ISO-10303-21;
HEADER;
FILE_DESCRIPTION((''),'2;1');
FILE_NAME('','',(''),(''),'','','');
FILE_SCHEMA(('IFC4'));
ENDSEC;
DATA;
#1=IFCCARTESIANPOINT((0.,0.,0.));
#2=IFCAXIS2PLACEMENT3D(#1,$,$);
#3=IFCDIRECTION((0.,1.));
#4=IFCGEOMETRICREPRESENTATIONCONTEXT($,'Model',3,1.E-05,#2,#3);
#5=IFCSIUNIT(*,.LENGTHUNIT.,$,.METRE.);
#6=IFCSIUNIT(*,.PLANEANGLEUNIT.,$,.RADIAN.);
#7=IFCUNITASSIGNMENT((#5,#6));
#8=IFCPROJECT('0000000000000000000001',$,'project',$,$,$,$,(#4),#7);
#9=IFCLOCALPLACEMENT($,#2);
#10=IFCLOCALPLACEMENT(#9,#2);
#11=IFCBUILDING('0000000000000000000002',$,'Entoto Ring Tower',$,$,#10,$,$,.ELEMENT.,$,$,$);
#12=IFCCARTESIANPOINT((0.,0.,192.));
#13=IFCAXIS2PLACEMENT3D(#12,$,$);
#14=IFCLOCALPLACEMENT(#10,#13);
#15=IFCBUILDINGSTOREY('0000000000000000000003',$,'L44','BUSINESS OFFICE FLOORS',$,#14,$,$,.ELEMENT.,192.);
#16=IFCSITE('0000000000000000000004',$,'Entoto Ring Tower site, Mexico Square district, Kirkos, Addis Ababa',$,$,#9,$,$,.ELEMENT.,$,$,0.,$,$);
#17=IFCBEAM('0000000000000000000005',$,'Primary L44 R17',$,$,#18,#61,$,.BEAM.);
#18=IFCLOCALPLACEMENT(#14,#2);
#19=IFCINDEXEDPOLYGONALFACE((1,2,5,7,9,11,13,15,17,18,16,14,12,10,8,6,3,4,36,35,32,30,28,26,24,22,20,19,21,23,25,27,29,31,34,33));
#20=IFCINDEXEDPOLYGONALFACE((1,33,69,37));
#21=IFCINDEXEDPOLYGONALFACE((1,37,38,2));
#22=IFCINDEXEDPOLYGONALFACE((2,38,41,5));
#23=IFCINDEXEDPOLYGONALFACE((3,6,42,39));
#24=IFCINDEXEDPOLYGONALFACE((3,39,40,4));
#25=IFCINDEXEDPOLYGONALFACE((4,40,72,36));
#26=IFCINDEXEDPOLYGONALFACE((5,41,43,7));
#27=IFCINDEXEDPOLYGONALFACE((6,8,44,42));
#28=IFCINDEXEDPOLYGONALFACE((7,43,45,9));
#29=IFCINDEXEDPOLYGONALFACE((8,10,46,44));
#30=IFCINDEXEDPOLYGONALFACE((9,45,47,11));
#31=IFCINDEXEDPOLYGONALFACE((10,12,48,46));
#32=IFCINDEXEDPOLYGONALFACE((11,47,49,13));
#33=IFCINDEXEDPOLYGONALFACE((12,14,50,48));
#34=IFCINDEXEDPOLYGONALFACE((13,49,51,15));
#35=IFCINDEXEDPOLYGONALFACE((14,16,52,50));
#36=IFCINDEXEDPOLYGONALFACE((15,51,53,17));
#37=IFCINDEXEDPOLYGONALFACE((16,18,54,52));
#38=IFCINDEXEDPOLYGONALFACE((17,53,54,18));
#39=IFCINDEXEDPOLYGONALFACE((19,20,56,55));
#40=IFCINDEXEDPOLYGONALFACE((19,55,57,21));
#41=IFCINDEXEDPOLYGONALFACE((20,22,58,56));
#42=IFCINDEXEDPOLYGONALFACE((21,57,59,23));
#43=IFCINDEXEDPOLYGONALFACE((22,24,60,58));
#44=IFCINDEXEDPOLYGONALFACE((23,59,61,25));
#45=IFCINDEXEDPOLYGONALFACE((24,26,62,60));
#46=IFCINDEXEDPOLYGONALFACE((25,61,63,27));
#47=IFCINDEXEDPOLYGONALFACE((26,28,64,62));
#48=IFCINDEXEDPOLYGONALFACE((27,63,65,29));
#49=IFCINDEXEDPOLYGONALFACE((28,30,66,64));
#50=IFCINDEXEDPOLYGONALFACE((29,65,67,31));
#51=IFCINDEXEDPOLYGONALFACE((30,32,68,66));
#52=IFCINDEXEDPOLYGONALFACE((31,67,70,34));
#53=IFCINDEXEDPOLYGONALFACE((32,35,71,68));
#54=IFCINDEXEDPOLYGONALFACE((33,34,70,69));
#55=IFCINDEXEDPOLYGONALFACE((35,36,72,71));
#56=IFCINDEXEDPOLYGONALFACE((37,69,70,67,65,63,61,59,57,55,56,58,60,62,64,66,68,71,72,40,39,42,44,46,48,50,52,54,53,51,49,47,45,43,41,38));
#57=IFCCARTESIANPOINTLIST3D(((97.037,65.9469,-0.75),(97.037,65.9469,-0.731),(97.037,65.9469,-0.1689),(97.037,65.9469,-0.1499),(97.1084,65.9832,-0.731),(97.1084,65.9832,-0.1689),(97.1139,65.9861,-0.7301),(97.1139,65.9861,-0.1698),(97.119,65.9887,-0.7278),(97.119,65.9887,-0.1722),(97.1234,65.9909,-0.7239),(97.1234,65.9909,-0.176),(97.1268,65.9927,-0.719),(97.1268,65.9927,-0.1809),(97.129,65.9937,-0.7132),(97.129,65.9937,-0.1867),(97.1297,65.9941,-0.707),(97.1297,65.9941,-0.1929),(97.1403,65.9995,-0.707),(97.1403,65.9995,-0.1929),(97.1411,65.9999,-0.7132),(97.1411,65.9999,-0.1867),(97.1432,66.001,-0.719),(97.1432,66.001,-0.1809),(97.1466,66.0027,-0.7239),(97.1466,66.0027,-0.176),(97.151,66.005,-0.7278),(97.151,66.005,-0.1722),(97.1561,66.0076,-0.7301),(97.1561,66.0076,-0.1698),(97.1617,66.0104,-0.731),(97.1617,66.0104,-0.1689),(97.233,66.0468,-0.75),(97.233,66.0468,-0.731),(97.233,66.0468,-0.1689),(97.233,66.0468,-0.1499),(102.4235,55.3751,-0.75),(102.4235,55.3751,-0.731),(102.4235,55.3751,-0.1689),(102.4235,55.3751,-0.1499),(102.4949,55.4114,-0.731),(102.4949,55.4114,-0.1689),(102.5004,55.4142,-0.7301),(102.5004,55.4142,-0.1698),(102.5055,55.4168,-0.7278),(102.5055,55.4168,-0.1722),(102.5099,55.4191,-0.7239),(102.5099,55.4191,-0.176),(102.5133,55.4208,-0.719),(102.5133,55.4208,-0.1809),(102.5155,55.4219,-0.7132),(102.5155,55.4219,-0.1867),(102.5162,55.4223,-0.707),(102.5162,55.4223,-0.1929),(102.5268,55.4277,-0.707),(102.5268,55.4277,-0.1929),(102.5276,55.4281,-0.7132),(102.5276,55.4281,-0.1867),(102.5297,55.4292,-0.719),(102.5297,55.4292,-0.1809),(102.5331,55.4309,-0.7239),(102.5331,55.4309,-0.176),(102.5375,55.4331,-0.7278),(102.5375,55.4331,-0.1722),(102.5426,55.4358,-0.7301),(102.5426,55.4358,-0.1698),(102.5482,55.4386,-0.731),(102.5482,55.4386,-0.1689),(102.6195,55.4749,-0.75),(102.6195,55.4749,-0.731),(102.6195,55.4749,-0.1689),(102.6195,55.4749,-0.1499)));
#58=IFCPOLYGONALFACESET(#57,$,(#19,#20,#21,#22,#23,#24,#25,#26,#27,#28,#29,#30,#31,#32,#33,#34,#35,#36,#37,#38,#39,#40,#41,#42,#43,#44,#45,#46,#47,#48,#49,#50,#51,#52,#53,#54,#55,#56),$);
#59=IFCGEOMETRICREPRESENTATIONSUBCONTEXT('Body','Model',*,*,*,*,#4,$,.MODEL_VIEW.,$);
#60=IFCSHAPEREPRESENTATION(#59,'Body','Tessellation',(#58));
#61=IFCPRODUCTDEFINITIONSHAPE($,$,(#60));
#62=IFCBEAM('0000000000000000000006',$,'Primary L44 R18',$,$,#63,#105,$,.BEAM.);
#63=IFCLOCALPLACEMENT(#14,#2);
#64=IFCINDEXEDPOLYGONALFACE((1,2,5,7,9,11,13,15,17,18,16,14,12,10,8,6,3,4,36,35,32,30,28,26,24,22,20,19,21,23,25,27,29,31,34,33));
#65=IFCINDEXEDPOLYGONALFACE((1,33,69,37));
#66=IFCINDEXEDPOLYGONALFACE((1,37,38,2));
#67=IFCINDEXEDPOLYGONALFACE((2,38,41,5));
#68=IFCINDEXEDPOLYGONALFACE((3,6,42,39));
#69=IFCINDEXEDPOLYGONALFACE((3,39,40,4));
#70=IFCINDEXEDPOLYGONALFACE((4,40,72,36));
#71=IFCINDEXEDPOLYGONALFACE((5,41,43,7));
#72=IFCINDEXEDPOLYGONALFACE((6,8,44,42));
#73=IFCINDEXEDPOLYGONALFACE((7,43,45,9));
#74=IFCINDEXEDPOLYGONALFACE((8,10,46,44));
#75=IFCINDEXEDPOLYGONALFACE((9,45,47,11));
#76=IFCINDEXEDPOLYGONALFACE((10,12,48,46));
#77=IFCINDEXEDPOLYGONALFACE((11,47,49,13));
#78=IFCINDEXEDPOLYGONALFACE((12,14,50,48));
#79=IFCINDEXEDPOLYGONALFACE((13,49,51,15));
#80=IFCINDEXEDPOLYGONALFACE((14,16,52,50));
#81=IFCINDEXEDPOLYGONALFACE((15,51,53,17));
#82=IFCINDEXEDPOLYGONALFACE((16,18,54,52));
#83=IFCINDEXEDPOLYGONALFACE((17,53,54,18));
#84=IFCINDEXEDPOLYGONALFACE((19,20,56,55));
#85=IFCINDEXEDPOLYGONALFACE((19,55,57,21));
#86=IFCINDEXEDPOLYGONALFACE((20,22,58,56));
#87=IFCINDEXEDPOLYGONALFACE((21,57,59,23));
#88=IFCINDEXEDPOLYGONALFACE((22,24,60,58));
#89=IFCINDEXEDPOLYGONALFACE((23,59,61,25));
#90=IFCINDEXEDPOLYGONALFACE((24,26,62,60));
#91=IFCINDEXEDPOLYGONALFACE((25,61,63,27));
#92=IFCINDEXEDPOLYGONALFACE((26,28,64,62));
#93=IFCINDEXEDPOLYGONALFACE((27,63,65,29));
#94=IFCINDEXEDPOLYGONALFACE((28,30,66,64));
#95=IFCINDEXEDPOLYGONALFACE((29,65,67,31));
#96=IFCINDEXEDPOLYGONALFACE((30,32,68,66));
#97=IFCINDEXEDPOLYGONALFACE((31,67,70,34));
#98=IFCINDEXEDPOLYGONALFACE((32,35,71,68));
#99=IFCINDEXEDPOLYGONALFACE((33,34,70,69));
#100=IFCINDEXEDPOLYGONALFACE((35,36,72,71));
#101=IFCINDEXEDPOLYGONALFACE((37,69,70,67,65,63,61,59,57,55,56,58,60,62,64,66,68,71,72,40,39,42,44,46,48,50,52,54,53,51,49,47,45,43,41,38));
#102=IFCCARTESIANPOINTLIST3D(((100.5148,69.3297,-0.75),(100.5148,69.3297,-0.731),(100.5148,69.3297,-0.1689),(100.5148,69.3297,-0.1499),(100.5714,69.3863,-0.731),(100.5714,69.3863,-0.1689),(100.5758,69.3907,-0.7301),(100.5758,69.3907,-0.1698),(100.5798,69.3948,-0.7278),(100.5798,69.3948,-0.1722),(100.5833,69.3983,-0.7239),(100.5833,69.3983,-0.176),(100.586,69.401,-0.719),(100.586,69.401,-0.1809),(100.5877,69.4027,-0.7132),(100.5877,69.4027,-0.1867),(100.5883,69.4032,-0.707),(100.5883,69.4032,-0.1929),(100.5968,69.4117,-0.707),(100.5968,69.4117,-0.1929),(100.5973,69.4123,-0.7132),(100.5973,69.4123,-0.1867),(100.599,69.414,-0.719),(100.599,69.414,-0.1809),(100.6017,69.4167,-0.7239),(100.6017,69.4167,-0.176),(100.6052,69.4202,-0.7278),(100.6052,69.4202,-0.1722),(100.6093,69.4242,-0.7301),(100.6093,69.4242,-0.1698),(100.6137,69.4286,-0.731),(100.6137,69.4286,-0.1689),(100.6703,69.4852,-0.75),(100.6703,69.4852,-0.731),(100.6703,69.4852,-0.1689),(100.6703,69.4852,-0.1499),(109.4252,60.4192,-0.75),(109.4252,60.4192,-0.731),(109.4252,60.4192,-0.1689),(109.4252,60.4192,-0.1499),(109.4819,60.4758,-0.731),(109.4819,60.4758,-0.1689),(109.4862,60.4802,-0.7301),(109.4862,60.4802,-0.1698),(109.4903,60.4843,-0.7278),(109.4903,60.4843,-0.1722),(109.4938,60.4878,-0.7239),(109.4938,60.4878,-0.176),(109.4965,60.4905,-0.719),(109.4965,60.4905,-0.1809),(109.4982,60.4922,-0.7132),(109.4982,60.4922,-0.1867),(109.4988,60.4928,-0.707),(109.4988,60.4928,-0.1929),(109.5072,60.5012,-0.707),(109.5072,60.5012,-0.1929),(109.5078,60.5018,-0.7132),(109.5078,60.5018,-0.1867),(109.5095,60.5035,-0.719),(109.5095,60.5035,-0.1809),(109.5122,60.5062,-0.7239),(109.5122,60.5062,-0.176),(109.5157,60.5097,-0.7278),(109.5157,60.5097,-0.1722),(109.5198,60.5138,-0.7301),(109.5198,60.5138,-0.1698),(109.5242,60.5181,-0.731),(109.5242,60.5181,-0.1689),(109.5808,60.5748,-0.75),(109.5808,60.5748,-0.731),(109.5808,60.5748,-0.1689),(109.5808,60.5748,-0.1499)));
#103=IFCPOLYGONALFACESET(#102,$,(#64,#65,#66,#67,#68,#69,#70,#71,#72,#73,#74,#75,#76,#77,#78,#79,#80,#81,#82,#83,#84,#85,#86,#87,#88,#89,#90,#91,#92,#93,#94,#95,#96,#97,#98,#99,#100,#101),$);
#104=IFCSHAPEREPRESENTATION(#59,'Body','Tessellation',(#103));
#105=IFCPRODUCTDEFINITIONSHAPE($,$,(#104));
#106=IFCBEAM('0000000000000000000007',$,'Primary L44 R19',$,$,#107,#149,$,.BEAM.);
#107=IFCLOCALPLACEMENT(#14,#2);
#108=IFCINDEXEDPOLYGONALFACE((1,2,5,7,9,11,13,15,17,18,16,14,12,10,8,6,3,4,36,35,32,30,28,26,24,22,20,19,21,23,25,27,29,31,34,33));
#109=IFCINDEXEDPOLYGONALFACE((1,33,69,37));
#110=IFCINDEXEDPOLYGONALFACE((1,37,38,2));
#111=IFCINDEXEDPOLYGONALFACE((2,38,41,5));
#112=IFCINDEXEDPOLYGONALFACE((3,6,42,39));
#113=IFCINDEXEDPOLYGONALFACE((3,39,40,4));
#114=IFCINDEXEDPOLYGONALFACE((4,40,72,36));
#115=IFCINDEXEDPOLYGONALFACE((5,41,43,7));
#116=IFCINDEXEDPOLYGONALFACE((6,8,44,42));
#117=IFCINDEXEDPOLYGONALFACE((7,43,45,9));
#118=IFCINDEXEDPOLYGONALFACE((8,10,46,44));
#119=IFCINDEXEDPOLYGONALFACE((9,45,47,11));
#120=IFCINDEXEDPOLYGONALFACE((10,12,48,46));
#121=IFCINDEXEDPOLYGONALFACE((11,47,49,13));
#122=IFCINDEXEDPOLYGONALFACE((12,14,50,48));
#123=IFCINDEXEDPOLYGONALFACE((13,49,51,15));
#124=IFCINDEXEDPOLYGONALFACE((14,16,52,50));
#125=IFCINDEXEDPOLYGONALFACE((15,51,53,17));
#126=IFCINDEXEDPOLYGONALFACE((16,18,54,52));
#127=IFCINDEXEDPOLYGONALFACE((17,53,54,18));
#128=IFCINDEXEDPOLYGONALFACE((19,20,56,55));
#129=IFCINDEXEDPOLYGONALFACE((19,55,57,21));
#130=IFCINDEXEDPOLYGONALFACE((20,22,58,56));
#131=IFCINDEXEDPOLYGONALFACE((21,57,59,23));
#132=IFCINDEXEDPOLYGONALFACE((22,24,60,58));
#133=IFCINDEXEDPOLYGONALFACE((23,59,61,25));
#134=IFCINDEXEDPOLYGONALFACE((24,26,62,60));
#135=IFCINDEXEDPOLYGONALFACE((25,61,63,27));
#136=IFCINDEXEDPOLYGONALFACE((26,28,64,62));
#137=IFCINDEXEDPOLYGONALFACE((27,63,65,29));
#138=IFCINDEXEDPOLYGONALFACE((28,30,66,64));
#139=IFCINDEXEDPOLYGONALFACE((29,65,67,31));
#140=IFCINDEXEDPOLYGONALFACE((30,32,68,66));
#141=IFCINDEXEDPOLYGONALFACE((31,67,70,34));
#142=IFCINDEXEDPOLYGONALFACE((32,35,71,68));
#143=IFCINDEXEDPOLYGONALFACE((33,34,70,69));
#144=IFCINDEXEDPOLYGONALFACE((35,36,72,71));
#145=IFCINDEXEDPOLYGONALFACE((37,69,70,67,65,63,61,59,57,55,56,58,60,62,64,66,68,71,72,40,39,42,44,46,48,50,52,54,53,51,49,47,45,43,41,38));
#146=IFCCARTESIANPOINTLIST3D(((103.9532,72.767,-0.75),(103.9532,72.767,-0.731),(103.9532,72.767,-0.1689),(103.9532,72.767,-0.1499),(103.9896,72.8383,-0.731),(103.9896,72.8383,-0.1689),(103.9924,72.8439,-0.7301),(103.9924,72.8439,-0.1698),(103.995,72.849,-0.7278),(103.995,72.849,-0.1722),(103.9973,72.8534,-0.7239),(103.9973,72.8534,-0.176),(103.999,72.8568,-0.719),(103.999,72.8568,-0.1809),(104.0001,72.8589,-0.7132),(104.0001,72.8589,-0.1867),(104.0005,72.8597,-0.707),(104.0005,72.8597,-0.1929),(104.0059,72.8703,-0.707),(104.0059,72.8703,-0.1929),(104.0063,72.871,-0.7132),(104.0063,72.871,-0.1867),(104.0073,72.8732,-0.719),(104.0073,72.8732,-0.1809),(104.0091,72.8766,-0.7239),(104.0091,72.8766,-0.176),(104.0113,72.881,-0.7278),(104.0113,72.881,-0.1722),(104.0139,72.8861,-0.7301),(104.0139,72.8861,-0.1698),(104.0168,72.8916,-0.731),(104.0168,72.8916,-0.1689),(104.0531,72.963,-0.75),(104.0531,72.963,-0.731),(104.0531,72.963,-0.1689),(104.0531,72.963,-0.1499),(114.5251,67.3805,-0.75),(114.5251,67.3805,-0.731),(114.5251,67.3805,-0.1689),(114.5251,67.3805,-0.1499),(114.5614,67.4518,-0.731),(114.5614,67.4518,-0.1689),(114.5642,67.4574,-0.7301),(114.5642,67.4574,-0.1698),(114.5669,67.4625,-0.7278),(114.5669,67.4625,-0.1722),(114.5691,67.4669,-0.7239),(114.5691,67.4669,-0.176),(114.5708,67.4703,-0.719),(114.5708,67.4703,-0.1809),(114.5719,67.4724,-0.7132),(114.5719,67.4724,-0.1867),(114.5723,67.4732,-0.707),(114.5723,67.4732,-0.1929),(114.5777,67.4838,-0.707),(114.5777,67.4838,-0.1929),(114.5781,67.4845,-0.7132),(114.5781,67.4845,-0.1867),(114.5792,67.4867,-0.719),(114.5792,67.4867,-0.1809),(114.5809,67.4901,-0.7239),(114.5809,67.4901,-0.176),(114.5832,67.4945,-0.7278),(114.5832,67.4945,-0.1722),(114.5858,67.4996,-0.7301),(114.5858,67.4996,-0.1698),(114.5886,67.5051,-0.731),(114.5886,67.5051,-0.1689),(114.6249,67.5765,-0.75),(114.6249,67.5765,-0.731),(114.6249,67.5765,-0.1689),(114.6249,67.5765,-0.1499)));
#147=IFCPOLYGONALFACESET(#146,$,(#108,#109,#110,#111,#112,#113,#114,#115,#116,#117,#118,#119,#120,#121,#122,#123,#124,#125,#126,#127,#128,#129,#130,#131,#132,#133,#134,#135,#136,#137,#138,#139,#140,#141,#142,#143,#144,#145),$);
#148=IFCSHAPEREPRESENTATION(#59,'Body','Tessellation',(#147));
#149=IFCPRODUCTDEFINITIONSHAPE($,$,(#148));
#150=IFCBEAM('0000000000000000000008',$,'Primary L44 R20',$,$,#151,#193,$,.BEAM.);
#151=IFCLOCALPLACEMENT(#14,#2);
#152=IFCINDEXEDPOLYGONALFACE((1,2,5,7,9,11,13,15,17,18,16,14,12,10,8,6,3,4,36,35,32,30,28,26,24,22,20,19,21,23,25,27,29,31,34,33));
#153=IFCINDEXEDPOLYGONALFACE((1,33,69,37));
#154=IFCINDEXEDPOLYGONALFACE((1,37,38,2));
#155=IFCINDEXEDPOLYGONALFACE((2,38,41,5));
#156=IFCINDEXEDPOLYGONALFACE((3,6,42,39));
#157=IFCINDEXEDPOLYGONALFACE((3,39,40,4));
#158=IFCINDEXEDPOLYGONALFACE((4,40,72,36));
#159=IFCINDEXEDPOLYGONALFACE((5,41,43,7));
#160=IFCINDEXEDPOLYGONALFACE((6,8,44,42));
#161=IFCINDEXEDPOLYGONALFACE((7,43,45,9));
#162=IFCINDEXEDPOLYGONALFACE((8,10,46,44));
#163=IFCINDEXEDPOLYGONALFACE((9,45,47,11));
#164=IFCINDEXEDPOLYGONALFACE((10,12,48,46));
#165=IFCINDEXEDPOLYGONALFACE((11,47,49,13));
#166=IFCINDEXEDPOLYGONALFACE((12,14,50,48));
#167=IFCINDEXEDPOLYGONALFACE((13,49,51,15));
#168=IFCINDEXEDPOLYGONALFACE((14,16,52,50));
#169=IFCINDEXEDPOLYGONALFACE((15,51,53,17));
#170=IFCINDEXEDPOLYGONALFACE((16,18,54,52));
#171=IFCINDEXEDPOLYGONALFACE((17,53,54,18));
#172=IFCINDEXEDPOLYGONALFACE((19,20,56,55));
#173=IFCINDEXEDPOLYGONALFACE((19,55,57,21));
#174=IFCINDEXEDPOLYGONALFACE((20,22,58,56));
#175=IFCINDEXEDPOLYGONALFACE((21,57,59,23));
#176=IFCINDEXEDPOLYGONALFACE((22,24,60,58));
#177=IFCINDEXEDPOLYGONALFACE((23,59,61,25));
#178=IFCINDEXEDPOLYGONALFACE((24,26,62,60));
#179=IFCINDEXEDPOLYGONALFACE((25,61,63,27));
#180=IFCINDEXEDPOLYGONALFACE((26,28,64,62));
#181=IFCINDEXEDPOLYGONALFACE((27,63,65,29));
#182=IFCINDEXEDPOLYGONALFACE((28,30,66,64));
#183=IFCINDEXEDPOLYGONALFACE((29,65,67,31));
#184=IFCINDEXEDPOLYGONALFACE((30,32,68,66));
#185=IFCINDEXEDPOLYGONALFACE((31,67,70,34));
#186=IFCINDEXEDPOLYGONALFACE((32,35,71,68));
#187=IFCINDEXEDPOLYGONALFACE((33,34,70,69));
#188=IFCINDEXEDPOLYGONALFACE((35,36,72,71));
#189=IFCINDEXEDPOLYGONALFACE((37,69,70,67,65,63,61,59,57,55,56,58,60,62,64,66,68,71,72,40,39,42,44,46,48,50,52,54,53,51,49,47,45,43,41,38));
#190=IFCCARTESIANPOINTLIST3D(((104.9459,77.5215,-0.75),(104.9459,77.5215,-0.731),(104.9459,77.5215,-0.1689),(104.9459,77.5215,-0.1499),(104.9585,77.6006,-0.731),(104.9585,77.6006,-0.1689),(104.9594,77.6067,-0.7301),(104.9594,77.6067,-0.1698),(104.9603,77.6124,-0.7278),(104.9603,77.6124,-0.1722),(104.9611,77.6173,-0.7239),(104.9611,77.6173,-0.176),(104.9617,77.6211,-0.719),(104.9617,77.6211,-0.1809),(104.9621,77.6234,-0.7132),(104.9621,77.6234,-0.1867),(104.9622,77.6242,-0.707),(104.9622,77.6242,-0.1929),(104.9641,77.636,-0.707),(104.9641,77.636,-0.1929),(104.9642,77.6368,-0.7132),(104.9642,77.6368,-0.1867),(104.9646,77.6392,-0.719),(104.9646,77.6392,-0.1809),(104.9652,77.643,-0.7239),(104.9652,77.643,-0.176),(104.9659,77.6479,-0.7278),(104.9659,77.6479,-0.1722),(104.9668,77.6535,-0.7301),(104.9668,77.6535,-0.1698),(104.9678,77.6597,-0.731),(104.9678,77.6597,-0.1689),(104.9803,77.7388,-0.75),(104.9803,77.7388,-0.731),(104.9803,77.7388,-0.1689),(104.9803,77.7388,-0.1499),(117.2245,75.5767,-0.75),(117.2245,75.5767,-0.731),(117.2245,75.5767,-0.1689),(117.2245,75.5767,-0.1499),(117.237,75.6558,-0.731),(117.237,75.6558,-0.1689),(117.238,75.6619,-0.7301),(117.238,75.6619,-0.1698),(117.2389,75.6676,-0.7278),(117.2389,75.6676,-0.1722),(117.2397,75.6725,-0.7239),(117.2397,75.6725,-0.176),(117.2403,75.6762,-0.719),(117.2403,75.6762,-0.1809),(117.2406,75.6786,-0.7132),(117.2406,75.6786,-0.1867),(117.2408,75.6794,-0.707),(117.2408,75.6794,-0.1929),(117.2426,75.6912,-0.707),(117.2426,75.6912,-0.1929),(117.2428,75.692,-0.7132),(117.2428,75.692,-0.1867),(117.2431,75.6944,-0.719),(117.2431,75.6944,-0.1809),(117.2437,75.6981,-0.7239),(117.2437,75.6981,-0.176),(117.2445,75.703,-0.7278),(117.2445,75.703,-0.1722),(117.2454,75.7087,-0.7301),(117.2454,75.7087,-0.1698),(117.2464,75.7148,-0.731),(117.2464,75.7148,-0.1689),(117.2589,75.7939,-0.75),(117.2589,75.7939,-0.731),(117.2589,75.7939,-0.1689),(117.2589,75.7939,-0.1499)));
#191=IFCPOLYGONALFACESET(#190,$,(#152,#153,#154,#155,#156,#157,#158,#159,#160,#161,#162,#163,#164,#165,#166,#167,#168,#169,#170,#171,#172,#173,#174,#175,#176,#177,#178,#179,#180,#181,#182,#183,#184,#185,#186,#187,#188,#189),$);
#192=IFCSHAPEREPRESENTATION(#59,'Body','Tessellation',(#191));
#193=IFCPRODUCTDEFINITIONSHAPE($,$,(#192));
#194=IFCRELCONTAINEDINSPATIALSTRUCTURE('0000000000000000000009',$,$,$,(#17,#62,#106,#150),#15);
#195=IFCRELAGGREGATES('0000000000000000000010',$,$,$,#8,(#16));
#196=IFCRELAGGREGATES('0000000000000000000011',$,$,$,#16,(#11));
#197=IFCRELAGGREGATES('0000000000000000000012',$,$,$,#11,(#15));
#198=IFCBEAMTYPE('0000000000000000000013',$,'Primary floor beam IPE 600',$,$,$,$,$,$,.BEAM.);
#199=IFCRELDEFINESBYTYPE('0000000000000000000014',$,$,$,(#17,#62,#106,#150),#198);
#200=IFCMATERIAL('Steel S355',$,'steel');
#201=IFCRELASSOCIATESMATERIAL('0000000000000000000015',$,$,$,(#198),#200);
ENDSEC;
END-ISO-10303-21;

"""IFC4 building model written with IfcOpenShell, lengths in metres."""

from ifc_helpers import new_model, si_unit, direction, frame, origin, origin_2d, place, context, subcontext, project, spatial, i_section, extrude, material, material_profile, profile_set, type_object, element, save


model = new_model("IFC4")

# Units and contexts
model_context = context("Model", 3, precision=1e-05, world=origin(), true_north=direction((0.0, 1.0)))
body_context = subcontext(model_context, "Body", "Model", "MODEL_VIEW")
ifc_project = project(units=[si_unit("LENGTHUNIT", "METRE"), si_unit("PLANEANGLEUNIT", "RADIAN")], contexts=[model_context])

# Site, building, storey
site_placement = place(None, origin())
site = spatial("IfcSite", under=ifc_project, at=site_placement, Name="Entoto Ring Tower site, Mexico Square district, Kirkos, Addis Ababa", CompositionType="ELEMENT", RefElevation=0.0)
building_placement = place(site_placement, origin())
building = spatial("IfcBuilding", under=site, at=building_placement, Name="Entoto Ring Tower", CompositionType="ELEMENT")
storey_placement = place(building_placement, frame((0.0, 0.0, 192.0)))
storey = spatial("IfcBuildingStorey", under=building, at=storey_placement, Name="L44", Description="BUSINESS OFFICE FLOORS", CompositionType="ELEMENT", Elevation=192.0)

# Beams
ifc_material_1 = material(Name="Steel S355", Category="steel")
ifc_material_profile_1 = material_profile(ifc_material_1, i_section(OverallWidth=0.22, OverallDepth=0.6001, WebThickness=0.012, FlangeThickness=0.019, FilletRadius=0.0239, at=origin_2d()), Name="IPE 600")
ifc_profile_set_1 = profile_set([ifc_material_profile_1], Name="Steel S355")
beam_type_1 = type_object("IfcBeamType", Name="Primary floor beam IPE 600", PredefinedType="BEAM", material=ifc_profile_set_1)
beam_1_placement = place(storey_placement, frame((97.135, 65.9968, -0.45), z_axis=(0.453983, -0.89101, 0.0), x_axis=(0.89101, 0.453983, 0.0)))
element("IfcBeam", 1, at=beam_1_placement, inside=storey, type_object=beam_type_1, Name="Primary L44 R17", PredefinedType="BEAM", context=body_context, shape_type="SweptSolid", body=[
    extrude(i_section(OverallWidth=0.22, OverallDepth=0.6001, WebThickness=0.012, FlangeThickness=0.019, FilletRadius=0.0239, at=origin_2d()), origin(), (0.0, 0.0, 1.0), 11.865),
])
beam_2_placement = place(storey_placement, frame((100.5925, 69.4075, -0.45), z_axis=(0.707107, -0.707107, 0.0), x_axis=(0.707107, 0.707107, 0.0)))
element("IfcBeam", 2, at=beam_2_placement, inside=storey, type_object=beam_type_1, Name="Primary L44 R18", PredefinedType="BEAM", context=body_context, shape_type="SweptSolid", body=[
    extrude(i_section(OverallWidth=0.22, OverallDepth=0.6001, WebThickness=0.012, FlangeThickness=0.019, FilletRadius=0.0239, at=origin_2d()), origin(), (0.0, 0.0, 1.0), 12.6013),
])
beam_3_placement = place(storey_placement, frame((104.0032, 72.865, -0.45), z_axis=(0.89101, -0.453983, 0.0), x_axis=(0.453983, 0.89101, 0.0)))
element("IfcBeam", 3, at=beam_3_placement, inside=storey, type_object=beam_type_1, Name="Primary L44 R19", PredefinedType="BEAM", context=body_context, shape_type="SweptSolid", body=[
    extrude(i_section(OverallWidth=0.22, OverallDepth=0.6001, WebThickness=0.012, FlangeThickness=0.019, FilletRadius=0.0239, at=origin_2d()), origin(), (0.0, 0.0, 1.0), 11.865),
])
beam_4_placement = place(storey_placement, frame((104.9631, 77.6301, -0.45), z_axis=(0.987687, -0.156442, 0.0), x_axis=(0.156442, 0.987687, 0.0)))
element("IfcBeam", 4, at=beam_4_placement, inside=storey, type_object=beam_type_1, Name="Primary L44 R20", PredefinedType="BEAM", context=body_context, shape_type="SweptSolid", body=[
    extrude(i_section(OverallWidth=0.22, OverallDepth=0.6001, WebThickness=0.012, FlangeThickness=0.019, FilletRadius=0.0239, at=origin_2d()), origin(), (0.0, 0.0, 1.0), 12.4316),
])

save(model, "model.ifc")
